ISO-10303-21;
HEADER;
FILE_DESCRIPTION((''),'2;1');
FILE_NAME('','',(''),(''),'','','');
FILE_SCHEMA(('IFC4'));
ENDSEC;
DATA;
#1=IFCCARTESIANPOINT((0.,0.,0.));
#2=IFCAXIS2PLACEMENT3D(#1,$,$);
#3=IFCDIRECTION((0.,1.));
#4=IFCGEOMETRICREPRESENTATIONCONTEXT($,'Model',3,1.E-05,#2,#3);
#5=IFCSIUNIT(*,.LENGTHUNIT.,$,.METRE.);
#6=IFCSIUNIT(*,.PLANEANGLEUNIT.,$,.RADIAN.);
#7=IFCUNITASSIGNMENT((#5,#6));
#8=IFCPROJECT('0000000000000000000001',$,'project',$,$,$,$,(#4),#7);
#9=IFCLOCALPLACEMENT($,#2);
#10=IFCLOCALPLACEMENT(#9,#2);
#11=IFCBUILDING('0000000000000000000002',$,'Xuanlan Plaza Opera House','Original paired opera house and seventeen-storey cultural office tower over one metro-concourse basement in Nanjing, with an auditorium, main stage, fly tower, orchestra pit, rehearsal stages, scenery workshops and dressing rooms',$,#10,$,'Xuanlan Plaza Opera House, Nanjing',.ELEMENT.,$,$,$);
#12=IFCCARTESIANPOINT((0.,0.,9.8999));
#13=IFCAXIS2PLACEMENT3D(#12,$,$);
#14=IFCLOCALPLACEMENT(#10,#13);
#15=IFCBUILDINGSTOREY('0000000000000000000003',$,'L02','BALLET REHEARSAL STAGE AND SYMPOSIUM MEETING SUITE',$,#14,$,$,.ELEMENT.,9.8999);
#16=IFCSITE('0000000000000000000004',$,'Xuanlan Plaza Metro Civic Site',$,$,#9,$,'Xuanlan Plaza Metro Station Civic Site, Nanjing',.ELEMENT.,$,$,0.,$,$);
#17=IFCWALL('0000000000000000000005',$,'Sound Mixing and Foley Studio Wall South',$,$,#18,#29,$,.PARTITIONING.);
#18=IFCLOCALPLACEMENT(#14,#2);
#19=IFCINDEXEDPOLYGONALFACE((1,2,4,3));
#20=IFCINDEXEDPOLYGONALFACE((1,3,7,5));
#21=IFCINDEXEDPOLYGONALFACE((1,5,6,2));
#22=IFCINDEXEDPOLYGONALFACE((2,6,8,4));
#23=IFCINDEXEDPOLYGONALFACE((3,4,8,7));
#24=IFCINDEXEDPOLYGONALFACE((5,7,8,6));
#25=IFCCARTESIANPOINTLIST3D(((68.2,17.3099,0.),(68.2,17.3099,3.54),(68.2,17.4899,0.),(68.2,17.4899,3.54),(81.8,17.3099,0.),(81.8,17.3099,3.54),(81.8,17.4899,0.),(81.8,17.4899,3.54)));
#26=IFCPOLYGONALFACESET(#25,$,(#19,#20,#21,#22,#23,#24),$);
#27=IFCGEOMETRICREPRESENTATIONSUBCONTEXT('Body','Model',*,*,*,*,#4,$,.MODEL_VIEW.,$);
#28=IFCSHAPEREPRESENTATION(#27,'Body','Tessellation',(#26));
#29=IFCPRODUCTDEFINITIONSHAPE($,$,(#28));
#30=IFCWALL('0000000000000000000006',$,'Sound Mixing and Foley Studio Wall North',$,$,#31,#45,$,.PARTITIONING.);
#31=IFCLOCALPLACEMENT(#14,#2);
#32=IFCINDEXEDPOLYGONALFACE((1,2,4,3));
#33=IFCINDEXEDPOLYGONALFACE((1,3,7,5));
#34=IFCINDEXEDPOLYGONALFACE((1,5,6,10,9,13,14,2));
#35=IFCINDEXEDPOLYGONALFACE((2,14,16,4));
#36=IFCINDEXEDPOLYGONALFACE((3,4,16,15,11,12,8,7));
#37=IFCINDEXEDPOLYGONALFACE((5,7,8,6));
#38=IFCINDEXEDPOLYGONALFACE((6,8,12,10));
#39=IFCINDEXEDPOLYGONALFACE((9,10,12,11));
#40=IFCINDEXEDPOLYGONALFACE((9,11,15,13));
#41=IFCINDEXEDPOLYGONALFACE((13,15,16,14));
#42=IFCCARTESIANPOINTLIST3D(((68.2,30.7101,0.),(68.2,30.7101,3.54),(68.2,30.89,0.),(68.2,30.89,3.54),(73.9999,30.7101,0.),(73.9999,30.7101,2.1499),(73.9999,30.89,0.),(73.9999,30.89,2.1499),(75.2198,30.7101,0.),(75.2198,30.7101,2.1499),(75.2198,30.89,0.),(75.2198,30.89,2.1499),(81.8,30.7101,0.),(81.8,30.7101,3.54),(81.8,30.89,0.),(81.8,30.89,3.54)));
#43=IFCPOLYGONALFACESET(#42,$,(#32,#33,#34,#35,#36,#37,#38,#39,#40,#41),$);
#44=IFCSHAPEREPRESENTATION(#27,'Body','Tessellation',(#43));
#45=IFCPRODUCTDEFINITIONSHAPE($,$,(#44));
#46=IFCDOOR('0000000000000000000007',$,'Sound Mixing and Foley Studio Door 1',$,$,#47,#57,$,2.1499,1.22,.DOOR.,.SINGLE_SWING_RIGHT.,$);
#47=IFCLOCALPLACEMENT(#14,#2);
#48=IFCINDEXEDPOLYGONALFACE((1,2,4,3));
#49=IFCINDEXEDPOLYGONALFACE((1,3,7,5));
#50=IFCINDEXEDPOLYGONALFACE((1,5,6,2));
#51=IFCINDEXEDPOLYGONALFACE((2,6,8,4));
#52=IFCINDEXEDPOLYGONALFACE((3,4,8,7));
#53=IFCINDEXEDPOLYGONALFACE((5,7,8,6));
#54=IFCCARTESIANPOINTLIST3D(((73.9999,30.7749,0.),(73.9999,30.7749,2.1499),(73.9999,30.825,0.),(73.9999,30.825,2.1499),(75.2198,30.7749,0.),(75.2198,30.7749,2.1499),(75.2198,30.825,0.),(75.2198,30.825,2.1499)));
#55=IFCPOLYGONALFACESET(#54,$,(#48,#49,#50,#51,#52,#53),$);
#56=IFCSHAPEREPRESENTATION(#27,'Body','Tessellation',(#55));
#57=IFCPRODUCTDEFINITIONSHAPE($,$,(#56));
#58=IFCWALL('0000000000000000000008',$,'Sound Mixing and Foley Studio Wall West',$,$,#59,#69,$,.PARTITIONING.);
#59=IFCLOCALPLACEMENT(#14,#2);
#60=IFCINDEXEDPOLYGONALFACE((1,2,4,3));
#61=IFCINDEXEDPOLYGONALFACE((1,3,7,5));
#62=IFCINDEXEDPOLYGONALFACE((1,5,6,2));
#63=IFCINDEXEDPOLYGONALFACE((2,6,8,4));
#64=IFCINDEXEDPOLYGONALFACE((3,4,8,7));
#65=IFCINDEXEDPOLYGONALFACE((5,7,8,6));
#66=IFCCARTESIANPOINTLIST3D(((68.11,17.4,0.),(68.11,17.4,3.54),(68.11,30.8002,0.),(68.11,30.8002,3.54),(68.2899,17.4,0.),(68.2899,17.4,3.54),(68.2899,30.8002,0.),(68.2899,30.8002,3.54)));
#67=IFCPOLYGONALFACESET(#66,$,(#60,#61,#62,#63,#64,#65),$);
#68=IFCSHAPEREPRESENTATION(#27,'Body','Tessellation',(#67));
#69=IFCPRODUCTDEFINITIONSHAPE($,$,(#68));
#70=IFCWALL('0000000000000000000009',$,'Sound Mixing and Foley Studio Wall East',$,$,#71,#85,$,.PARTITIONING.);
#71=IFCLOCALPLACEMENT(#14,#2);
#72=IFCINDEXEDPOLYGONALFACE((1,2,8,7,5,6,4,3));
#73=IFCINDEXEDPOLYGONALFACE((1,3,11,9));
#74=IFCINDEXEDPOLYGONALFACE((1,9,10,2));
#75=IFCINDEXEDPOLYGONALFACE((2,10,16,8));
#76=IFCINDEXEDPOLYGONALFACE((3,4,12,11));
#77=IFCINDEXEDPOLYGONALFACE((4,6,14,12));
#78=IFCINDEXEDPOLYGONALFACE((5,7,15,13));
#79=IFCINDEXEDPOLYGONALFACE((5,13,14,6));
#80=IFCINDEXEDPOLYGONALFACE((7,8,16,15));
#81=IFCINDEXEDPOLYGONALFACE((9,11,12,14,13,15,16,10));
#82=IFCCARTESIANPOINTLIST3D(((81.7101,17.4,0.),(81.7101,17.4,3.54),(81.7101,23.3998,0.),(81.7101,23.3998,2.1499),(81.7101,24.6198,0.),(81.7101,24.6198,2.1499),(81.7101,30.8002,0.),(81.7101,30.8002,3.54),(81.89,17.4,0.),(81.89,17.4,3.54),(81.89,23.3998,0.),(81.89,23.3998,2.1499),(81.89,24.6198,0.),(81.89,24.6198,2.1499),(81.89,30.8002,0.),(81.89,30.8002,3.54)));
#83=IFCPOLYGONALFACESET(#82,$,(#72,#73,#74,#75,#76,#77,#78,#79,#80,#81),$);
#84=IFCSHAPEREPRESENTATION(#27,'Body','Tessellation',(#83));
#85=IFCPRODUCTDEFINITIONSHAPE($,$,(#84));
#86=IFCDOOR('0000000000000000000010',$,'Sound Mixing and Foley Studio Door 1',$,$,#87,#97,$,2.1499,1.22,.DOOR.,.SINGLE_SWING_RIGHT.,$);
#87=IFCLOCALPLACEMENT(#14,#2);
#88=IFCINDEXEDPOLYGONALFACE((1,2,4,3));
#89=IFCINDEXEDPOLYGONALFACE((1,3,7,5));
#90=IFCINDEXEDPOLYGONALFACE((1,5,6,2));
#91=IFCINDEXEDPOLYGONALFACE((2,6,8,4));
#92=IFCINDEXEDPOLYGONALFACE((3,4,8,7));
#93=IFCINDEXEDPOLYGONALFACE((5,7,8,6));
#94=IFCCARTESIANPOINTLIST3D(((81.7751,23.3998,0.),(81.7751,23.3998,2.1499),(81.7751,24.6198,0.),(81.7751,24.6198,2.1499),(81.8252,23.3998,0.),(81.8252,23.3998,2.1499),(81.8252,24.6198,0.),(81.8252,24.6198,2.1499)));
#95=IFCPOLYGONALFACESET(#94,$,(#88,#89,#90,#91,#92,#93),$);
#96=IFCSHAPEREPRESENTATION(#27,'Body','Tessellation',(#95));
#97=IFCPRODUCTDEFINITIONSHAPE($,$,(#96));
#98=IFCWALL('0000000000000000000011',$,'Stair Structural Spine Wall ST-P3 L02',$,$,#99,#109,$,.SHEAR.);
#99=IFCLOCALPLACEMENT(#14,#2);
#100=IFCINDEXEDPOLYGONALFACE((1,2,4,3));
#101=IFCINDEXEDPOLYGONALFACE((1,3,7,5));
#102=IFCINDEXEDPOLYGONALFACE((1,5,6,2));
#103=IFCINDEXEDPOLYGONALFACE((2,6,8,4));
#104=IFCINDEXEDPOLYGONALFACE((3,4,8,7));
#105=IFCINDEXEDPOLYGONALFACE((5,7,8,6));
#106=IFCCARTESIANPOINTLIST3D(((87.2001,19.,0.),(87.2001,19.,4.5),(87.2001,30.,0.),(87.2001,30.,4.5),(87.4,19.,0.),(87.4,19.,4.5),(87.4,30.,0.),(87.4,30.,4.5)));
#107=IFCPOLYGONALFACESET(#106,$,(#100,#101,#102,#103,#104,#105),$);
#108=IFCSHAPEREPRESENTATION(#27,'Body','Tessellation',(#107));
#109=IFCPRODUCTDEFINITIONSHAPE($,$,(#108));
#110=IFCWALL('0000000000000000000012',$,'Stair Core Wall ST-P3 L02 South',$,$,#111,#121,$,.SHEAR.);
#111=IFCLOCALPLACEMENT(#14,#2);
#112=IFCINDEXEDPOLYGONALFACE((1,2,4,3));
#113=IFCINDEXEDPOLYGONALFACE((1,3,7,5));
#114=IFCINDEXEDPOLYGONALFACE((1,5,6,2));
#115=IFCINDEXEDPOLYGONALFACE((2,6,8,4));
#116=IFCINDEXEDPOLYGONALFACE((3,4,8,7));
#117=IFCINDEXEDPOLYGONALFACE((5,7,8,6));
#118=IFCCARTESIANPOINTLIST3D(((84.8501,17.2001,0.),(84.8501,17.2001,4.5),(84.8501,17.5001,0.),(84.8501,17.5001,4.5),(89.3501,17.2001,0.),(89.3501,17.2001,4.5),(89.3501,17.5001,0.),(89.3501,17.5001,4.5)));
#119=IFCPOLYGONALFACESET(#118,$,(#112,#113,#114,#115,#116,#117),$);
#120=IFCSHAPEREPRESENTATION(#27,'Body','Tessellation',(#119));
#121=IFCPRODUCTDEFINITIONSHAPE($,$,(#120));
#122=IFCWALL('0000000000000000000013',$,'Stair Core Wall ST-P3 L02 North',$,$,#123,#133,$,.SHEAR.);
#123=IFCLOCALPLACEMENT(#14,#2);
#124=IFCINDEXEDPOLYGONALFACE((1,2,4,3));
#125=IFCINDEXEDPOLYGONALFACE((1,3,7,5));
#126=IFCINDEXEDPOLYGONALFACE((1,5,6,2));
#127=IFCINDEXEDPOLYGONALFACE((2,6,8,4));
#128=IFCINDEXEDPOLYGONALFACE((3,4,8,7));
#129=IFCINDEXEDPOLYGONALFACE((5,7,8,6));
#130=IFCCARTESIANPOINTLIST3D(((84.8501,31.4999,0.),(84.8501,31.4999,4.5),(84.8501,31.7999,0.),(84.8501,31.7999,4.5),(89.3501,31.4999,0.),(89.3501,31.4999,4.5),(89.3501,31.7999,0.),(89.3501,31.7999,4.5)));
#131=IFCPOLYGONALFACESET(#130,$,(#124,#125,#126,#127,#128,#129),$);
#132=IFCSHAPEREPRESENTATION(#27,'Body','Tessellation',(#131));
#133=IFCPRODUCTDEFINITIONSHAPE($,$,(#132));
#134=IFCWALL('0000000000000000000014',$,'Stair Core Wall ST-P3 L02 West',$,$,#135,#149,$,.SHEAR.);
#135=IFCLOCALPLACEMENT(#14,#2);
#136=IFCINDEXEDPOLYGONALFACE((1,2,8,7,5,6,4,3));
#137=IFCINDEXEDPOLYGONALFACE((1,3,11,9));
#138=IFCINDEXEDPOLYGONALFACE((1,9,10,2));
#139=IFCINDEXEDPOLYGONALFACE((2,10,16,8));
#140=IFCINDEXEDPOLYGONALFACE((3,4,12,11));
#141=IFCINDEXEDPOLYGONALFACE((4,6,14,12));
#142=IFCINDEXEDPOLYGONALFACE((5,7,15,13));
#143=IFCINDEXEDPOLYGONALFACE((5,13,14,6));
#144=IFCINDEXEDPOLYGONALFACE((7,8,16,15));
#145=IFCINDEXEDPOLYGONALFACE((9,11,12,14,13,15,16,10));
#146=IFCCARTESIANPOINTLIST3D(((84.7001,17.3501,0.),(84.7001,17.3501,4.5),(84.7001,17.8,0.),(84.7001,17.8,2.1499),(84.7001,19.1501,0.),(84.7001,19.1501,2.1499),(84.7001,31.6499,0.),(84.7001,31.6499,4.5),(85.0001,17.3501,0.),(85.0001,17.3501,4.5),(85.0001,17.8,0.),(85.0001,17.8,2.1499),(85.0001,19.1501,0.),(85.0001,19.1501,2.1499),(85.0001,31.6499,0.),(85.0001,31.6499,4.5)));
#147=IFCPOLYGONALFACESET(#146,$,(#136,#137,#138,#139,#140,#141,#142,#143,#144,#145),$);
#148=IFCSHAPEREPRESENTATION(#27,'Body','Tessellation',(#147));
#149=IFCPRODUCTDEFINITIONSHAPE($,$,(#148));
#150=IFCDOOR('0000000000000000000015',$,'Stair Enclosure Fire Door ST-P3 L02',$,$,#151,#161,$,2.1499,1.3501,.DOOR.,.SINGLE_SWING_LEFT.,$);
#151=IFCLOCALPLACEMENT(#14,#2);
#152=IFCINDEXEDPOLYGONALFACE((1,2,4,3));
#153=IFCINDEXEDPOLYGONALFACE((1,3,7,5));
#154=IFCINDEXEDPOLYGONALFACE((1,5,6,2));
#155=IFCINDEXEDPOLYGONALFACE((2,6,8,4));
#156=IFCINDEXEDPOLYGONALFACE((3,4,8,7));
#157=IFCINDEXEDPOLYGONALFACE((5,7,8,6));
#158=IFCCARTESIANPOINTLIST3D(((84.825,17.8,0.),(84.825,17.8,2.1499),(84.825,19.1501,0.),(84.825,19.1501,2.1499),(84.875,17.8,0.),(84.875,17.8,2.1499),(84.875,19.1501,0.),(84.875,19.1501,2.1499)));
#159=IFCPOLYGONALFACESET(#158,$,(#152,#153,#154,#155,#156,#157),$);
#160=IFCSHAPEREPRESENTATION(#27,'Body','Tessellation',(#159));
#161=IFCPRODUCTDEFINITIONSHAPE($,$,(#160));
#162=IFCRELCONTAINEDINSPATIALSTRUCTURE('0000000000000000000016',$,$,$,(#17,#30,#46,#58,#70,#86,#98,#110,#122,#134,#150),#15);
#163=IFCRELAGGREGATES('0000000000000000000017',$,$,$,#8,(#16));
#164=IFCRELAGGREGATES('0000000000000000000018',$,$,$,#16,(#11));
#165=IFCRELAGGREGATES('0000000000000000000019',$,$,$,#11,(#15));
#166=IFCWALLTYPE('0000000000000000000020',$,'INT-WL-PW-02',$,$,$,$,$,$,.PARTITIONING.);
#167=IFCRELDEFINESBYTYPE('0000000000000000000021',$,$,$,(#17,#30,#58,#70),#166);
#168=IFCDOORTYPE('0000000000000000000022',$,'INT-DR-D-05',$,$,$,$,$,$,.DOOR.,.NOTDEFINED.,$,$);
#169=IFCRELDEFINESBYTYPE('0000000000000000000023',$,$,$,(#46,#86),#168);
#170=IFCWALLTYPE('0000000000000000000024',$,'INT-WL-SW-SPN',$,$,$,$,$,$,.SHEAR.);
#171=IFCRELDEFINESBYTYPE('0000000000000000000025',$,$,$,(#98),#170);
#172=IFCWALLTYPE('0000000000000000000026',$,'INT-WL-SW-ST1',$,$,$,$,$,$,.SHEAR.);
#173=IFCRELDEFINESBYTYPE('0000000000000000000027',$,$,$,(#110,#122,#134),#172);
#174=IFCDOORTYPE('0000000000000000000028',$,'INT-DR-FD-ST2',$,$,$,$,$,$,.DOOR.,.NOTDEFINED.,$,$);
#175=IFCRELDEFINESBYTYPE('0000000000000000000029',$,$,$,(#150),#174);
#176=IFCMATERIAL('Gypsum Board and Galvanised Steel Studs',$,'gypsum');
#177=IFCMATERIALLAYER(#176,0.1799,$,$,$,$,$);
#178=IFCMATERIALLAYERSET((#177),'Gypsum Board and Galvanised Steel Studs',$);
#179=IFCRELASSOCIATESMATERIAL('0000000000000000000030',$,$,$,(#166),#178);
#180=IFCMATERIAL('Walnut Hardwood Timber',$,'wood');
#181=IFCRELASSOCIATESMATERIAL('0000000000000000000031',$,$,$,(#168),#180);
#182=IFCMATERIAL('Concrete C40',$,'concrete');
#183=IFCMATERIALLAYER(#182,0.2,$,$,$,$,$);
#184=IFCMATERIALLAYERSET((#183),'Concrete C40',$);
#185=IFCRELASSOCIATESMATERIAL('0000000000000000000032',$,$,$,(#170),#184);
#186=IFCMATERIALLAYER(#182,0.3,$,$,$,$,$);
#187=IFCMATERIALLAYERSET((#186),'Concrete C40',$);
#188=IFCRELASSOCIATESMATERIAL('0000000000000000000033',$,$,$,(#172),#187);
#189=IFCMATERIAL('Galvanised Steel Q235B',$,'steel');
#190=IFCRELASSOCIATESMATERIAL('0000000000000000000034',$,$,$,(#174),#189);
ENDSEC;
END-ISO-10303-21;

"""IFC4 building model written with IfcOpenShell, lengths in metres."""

from ifc_helpers import new_model, si_unit, direction, frame, frame_2d, origin, place, context, subcontext, project, spatial, rectangle, extrude, material, layer, layer_set, type_object, element, fill, save


model = new_model("IFC4")

# Units and contexts
model_context = context("Model", 3, precision=1e-05, world=origin(), true_north=direction((0.0, 1.0)))
body_context = subcontext(model_context, "Body", "Model", "MODEL_VIEW")
ifc_project = project(units=[si_unit("LENGTHUNIT", "METRE"), si_unit("PLANEANGLEUNIT", "RADIAN")], contexts=[model_context])

# Site, building, storey
site_placement = place(None, origin())
site = spatial("IfcSite", under=ifc_project, at=site_placement, Name="Xuanlan Plaza Metro Civic Site", LongName="Xuanlan Plaza Metro Station Civic Site, Nanjing", CompositionType="ELEMENT", RefElevation=0.0)
building_placement = place(site_placement, origin())
building = spatial("IfcBuilding", under=site, at=building_placement, Name="Xuanlan Plaza Opera House", Description="Original paired opera house and seventeen-storey cultural office tower over one metro-concourse basement in Nanjing, with an auditorium, main stage, fly tower, orchestra pit, rehearsal stages, scenery workshops and dressing rooms", LongName="Xuanlan Plaza Opera House, Nanjing", CompositionType="ELEMENT")
storey_placement = place(building_placement, frame((0.0, 0.0, 9.8999)))
storey = spatial("IfcBuildingStorey", under=building, at=storey_placement, Name="L02", Description="BALLET REHEARSAL STAGE AND SYMPOSIUM MEETING SUITE", CompositionType="ELEMENT", Elevation=9.8999)

# Shared definitions
ifc_material_1 = material(Name="Concrete C40", Category="concrete")

# Wall
ifc_material_2 = material(Name="Gypsum Board and Galvanised Steel Studs", Category="gypsum")
ifc_layer_1 = layer(ifc_material_2, 0.1799)
ifc_layer_set_1 = layer_set([ifc_layer_1], Name="Gypsum Board and Galvanised Steel Studs")
wall_type_1 = type_object("IfcWallType", Name="INT-WL-PW-02", PredefinedType="PARTITIONING", material=ifc_layer_set_1)
wall_1_placement = place(storey_placement, frame((68.2, 17.3999, 0.0), z_axis=(0.0, 0.0, 1.0), x_axis=(1.0, 0.0, 0.0)))
element("IfcWall", 1, at=wall_1_placement, inside=storey, type_object=wall_type_1, Name="Sound Mixing and Foley Studio Wall South", PredefinedType="PARTITIONING", context=body_context, shape_type="SweptSolid", body=[
    extrude(rectangle(XDim=13.6001, YDim=0.1799, at=frame_2d((6.8, 0.0))), origin(), (0.0, 0.0, 1.0), 3.54),
])

# Wall, opening, door
wall_2_placement = place(storey_placement, frame((68.2, 30.8, 0.0), z_axis=(0.0, 0.0, 1.0), x_axis=(1.0, 0.0, 0.0)))
wall_2 = element("IfcWall", 2, at=wall_2_placement, inside=storey, type_object=wall_type_1, Name="Sound Mixing and Foley Studio Wall North", PredefinedType="PARTITIONING", context=body_context, shape_type="SweptSolid", body=[
    extrude(rectangle(XDim=13.6001, YDim=0.1799, at=frame_2d((6.8, 0.0))), origin(), (0.0, 0.0, 1.0), 3.54),
])
opening_1_placement = place(wall_2_placement, frame((5.8, 0.0, 0.0)))
opening_1 = element("IfcOpeningElement", 3, at=opening_1_placement, cuts=wall_2, PredefinedType="OPENING", context=body_context, shape_type="SweptSolid", body=[
    extrude(rectangle(XDim=1.22, YDim=2.1499, at=frame_2d((0.6099, 1.075))), frame((0.0, 0.0999, 0.0), z_axis=(0.0, -1.0, 0.0), x_axis=(1.0, 0.0, 0.0)), (0.0, 0.0, 1.0), 0.2),
])
ifc_material_3 = material(Name="Walnut Hardwood Timber", Category="wood")
door_type_1 = type_object("IfcDoorType", Name="INT-DR-D-05", OperationType="NOTDEFINED", PredefinedType="DOOR", material=ifc_material_3)
door_1_placement = place(opening_1_placement, origin())
door_1 = element("IfcDoor", 4, at=door_1_placement, inside=storey, type_object=door_type_1, Name="Sound Mixing and Foley Studio Door 1", OperationType="SINGLE_SWING_RIGHT", OverallHeight=2.1499, OverallWidth=1.22, PredefinedType="DOOR", context=body_context, shape_type="SweptSolid", body=[
    extrude(rectangle(XDim=1.22, YDim=2.1499, at=frame_2d((0.6099, 1.075))), frame((0.0, 0.0249, 0.0), z_axis=(0.0, -1.0, 0.0), x_axis=(1.0, 0.0, 0.0)), (0.0, 0.0, 1.0), 0.05),
])
fill(opening_1, door_1)

# Wall
wall_3_placement = place(storey_placement, frame((68.2, 17.3999, 0.0), z_axis=(0.0, 0.0, 1.0), x_axis=(0.0, 1.0, 0.0)))
element("IfcWall", 5, at=wall_3_placement, inside=storey, type_object=wall_type_1, Name="Sound Mixing and Foley Studio Wall West", PredefinedType="PARTITIONING", context=body_context, shape_type="SweptSolid", body=[
    extrude(rectangle(XDim=13.4001, YDim=0.1799, at=frame_2d((6.7002, 0.0))), origin(), (0.0, 0.0, 1.0), 3.54),
])

# Wall, opening, door
wall_4_placement = place(storey_placement, frame((81.8, 17.3999, 0.0), z_axis=(0.0, 0.0, 1.0), x_axis=(0.0, 1.0, 0.0)))
wall_4 = element("IfcWall", 6, at=wall_4_placement, inside=storey, type_object=wall_type_1, Name="Sound Mixing and Foley Studio Wall East", PredefinedType="PARTITIONING", context=body_context, shape_type="SweptSolid", body=[
    extrude(rectangle(XDim=13.4001, YDim=0.1799, at=frame_2d((6.7002, 0.0))), origin(), (0.0, 0.0, 1.0), 3.54),
])
opening_2_placement = place(wall_4_placement, frame((6.0, 0.0, 0.0)))
opening_2 = element("IfcOpeningElement", 7, at=opening_2_placement, cuts=wall_4, PredefinedType="OPENING", context=body_context, shape_type="SweptSolid", body=[
    extrude(rectangle(XDim=1.22, YDim=2.1499, at=frame_2d((0.6099, 1.075))), frame((0.0, 0.0999, 0.0), z_axis=(0.0, -1.0, 0.0), x_axis=(1.0, 0.0, 0.0)), (0.0, 0.0, 1.0), 0.2),
])
door_2_placement = place(opening_2_placement, origin())
door_2 = element("IfcDoor", 8, at=door_2_placement, inside=storey, type_object=door_type_1, Name="Sound Mixing and Foley Studio Door 1", OperationType="SINGLE_SWING_RIGHT", OverallHeight=2.1499, OverallWidth=1.22, PredefinedType="DOOR", context=body_context, shape_type="SweptSolid", body=[
    extrude(rectangle(XDim=1.22, YDim=2.1499, at=frame_2d((0.6099, 1.075))), frame((0.0, 0.0249, 0.0), z_axis=(0.0, -1.0, 0.0), x_axis=(1.0, 0.0, 0.0)), (0.0, 0.0, 1.0), 0.05),
])
fill(opening_2, door_2)

# Walls
ifc_layer_2 = layer(ifc_material_1, 0.2)
ifc_layer_set_2 = layer_set([ifc_layer_2], Name="Concrete C40")
wall_type_2 = type_object("IfcWallType", Name="INT-WL-SW-SPN", PredefinedType="SHEAR", material=ifc_layer_set_2)
wall_5_placement = place(storey_placement, frame((87.3, 19.0, 0.0), z_axis=(0.0, 0.0, 1.0), x_axis=(0.0, 1.0, 0.0)))
element("IfcWall", 9, at=wall_5_placement, inside=storey, type_object=wall_type_2, Name="Stair Structural Spine Wall ST-P3 L02", PredefinedType="SHEAR", context=body_context, shape_type="SweptSolid", body=[
    extrude(rectangle(XDim=11.0, YDim=0.2, at=frame_2d((5.5, 0.0))), origin(), (0.0, 0.0, 1.0), 4.5),
])
ifc_layer_3 = layer(ifc_material_1, 0.3)
ifc_layer_set_3 = layer_set([ifc_layer_3], Name="Concrete C40")
wall_type_3 = type_object("IfcWallType", Name="INT-WL-SW-ST1", PredefinedType="SHEAR", material=ifc_layer_set_3)
for number, where, z_axis, x_axis, name in (
    (10, (84.8501, 17.3501, 0.0), (0.0, 0.0, 1.0), (1.0, 0.0, 0.0), "Stair Core Wall ST-P3 L02 South"),
    (11, (84.8501, 31.6499, 0.0), (0.0, 0.0, 1.0), (1.0, 0.0, 0.0), "Stair Core Wall ST-P3 L02 North"),
):
    element("IfcWall", number, at=place(storey_placement, frame(where, z_axis=z_axis, x_axis=x_axis)), inside=storey, type_object=wall_type_3, Name=name, PredefinedType="SHEAR", context=body_context, shape_type="SweptSolid", body=[
        extrude(rectangle(XDim=4.5, YDim=0.3, at=frame_2d((2.25, 0.0))), origin(), (0.0, 0.0, 1.0), 4.5),
    ])

# Wall, opening, door
wall_6_placement = place(storey_placement, frame((84.8501, 17.3501, 0.0), z_axis=(0.0, 0.0, 1.0), x_axis=(0.0, 1.0, 0.0)))
wall_6 = element("IfcWall", 12, at=wall_6_placement, inside=storey, type_object=wall_type_3, Name="Stair Core Wall ST-P3 L02 West", PredefinedType="SHEAR", context=body_context, shape_type="SweptSolid", body=[
    extrude(rectangle(XDim=14.2998, YDim=0.3, at=frame_2d((7.1499, 0.0))), origin(), (0.0, 0.0, 1.0), 4.5),
])
opening_3_placement = place(wall_6_placement, frame((0.45, 0.0, 0.0)))
opening_3 = element("IfcOpeningElement", 13, at=opening_3_placement, cuts=wall_6, PredefinedType="OPENING", context=body_context, shape_type="SweptSolid", body=[
    extrude(rectangle(XDim=1.3501, YDim=2.1499, at=frame_2d((0.675, 1.075))), frame((0.0, 0.1599, 0.0), z_axis=(0.0, -1.0, 0.0), x_axis=(1.0, 0.0, 0.0)), (0.0, 0.0, 1.0), 0.3201),
])
ifc_material_4 = material(Name="Galvanised Steel Q235B", Category="steel")
door_type_2 = type_object("IfcDoorType", Name="INT-DR-FD-ST2", OperationType="NOTDEFINED", PredefinedType="DOOR", material=ifc_material_4)
door_3_placement = place(opening_3_placement, frame((1.3501, 0.0, 0.0), z_axis=(0.0, 0.0, 1.0), x_axis=(-1.0, 0.0, 0.0)))
door_3 = element("IfcDoor", 14, at=door_3_placement, inside=storey, type_object=door_type_2, Name="Stair Enclosure Fire Door ST-P3 L02", OperationType="SINGLE_SWING_LEFT", OverallHeight=2.1499, OverallWidth=1.3501, PredefinedType="DOOR", context=body_context, shape_type="SweptSolid", body=[
    extrude(rectangle(XDim=1.3501, YDim=2.1499, at=frame_2d((0.675, 1.075))), frame((0.0, 0.0249, 0.0), z_axis=(0.0, -1.0, 0.0), x_axis=(1.0, 0.0, 0.0)), (0.0, 0.0, 1.0), 0.05),
])
fill(opening_3, door_3)

save(model, "model.ifc")
